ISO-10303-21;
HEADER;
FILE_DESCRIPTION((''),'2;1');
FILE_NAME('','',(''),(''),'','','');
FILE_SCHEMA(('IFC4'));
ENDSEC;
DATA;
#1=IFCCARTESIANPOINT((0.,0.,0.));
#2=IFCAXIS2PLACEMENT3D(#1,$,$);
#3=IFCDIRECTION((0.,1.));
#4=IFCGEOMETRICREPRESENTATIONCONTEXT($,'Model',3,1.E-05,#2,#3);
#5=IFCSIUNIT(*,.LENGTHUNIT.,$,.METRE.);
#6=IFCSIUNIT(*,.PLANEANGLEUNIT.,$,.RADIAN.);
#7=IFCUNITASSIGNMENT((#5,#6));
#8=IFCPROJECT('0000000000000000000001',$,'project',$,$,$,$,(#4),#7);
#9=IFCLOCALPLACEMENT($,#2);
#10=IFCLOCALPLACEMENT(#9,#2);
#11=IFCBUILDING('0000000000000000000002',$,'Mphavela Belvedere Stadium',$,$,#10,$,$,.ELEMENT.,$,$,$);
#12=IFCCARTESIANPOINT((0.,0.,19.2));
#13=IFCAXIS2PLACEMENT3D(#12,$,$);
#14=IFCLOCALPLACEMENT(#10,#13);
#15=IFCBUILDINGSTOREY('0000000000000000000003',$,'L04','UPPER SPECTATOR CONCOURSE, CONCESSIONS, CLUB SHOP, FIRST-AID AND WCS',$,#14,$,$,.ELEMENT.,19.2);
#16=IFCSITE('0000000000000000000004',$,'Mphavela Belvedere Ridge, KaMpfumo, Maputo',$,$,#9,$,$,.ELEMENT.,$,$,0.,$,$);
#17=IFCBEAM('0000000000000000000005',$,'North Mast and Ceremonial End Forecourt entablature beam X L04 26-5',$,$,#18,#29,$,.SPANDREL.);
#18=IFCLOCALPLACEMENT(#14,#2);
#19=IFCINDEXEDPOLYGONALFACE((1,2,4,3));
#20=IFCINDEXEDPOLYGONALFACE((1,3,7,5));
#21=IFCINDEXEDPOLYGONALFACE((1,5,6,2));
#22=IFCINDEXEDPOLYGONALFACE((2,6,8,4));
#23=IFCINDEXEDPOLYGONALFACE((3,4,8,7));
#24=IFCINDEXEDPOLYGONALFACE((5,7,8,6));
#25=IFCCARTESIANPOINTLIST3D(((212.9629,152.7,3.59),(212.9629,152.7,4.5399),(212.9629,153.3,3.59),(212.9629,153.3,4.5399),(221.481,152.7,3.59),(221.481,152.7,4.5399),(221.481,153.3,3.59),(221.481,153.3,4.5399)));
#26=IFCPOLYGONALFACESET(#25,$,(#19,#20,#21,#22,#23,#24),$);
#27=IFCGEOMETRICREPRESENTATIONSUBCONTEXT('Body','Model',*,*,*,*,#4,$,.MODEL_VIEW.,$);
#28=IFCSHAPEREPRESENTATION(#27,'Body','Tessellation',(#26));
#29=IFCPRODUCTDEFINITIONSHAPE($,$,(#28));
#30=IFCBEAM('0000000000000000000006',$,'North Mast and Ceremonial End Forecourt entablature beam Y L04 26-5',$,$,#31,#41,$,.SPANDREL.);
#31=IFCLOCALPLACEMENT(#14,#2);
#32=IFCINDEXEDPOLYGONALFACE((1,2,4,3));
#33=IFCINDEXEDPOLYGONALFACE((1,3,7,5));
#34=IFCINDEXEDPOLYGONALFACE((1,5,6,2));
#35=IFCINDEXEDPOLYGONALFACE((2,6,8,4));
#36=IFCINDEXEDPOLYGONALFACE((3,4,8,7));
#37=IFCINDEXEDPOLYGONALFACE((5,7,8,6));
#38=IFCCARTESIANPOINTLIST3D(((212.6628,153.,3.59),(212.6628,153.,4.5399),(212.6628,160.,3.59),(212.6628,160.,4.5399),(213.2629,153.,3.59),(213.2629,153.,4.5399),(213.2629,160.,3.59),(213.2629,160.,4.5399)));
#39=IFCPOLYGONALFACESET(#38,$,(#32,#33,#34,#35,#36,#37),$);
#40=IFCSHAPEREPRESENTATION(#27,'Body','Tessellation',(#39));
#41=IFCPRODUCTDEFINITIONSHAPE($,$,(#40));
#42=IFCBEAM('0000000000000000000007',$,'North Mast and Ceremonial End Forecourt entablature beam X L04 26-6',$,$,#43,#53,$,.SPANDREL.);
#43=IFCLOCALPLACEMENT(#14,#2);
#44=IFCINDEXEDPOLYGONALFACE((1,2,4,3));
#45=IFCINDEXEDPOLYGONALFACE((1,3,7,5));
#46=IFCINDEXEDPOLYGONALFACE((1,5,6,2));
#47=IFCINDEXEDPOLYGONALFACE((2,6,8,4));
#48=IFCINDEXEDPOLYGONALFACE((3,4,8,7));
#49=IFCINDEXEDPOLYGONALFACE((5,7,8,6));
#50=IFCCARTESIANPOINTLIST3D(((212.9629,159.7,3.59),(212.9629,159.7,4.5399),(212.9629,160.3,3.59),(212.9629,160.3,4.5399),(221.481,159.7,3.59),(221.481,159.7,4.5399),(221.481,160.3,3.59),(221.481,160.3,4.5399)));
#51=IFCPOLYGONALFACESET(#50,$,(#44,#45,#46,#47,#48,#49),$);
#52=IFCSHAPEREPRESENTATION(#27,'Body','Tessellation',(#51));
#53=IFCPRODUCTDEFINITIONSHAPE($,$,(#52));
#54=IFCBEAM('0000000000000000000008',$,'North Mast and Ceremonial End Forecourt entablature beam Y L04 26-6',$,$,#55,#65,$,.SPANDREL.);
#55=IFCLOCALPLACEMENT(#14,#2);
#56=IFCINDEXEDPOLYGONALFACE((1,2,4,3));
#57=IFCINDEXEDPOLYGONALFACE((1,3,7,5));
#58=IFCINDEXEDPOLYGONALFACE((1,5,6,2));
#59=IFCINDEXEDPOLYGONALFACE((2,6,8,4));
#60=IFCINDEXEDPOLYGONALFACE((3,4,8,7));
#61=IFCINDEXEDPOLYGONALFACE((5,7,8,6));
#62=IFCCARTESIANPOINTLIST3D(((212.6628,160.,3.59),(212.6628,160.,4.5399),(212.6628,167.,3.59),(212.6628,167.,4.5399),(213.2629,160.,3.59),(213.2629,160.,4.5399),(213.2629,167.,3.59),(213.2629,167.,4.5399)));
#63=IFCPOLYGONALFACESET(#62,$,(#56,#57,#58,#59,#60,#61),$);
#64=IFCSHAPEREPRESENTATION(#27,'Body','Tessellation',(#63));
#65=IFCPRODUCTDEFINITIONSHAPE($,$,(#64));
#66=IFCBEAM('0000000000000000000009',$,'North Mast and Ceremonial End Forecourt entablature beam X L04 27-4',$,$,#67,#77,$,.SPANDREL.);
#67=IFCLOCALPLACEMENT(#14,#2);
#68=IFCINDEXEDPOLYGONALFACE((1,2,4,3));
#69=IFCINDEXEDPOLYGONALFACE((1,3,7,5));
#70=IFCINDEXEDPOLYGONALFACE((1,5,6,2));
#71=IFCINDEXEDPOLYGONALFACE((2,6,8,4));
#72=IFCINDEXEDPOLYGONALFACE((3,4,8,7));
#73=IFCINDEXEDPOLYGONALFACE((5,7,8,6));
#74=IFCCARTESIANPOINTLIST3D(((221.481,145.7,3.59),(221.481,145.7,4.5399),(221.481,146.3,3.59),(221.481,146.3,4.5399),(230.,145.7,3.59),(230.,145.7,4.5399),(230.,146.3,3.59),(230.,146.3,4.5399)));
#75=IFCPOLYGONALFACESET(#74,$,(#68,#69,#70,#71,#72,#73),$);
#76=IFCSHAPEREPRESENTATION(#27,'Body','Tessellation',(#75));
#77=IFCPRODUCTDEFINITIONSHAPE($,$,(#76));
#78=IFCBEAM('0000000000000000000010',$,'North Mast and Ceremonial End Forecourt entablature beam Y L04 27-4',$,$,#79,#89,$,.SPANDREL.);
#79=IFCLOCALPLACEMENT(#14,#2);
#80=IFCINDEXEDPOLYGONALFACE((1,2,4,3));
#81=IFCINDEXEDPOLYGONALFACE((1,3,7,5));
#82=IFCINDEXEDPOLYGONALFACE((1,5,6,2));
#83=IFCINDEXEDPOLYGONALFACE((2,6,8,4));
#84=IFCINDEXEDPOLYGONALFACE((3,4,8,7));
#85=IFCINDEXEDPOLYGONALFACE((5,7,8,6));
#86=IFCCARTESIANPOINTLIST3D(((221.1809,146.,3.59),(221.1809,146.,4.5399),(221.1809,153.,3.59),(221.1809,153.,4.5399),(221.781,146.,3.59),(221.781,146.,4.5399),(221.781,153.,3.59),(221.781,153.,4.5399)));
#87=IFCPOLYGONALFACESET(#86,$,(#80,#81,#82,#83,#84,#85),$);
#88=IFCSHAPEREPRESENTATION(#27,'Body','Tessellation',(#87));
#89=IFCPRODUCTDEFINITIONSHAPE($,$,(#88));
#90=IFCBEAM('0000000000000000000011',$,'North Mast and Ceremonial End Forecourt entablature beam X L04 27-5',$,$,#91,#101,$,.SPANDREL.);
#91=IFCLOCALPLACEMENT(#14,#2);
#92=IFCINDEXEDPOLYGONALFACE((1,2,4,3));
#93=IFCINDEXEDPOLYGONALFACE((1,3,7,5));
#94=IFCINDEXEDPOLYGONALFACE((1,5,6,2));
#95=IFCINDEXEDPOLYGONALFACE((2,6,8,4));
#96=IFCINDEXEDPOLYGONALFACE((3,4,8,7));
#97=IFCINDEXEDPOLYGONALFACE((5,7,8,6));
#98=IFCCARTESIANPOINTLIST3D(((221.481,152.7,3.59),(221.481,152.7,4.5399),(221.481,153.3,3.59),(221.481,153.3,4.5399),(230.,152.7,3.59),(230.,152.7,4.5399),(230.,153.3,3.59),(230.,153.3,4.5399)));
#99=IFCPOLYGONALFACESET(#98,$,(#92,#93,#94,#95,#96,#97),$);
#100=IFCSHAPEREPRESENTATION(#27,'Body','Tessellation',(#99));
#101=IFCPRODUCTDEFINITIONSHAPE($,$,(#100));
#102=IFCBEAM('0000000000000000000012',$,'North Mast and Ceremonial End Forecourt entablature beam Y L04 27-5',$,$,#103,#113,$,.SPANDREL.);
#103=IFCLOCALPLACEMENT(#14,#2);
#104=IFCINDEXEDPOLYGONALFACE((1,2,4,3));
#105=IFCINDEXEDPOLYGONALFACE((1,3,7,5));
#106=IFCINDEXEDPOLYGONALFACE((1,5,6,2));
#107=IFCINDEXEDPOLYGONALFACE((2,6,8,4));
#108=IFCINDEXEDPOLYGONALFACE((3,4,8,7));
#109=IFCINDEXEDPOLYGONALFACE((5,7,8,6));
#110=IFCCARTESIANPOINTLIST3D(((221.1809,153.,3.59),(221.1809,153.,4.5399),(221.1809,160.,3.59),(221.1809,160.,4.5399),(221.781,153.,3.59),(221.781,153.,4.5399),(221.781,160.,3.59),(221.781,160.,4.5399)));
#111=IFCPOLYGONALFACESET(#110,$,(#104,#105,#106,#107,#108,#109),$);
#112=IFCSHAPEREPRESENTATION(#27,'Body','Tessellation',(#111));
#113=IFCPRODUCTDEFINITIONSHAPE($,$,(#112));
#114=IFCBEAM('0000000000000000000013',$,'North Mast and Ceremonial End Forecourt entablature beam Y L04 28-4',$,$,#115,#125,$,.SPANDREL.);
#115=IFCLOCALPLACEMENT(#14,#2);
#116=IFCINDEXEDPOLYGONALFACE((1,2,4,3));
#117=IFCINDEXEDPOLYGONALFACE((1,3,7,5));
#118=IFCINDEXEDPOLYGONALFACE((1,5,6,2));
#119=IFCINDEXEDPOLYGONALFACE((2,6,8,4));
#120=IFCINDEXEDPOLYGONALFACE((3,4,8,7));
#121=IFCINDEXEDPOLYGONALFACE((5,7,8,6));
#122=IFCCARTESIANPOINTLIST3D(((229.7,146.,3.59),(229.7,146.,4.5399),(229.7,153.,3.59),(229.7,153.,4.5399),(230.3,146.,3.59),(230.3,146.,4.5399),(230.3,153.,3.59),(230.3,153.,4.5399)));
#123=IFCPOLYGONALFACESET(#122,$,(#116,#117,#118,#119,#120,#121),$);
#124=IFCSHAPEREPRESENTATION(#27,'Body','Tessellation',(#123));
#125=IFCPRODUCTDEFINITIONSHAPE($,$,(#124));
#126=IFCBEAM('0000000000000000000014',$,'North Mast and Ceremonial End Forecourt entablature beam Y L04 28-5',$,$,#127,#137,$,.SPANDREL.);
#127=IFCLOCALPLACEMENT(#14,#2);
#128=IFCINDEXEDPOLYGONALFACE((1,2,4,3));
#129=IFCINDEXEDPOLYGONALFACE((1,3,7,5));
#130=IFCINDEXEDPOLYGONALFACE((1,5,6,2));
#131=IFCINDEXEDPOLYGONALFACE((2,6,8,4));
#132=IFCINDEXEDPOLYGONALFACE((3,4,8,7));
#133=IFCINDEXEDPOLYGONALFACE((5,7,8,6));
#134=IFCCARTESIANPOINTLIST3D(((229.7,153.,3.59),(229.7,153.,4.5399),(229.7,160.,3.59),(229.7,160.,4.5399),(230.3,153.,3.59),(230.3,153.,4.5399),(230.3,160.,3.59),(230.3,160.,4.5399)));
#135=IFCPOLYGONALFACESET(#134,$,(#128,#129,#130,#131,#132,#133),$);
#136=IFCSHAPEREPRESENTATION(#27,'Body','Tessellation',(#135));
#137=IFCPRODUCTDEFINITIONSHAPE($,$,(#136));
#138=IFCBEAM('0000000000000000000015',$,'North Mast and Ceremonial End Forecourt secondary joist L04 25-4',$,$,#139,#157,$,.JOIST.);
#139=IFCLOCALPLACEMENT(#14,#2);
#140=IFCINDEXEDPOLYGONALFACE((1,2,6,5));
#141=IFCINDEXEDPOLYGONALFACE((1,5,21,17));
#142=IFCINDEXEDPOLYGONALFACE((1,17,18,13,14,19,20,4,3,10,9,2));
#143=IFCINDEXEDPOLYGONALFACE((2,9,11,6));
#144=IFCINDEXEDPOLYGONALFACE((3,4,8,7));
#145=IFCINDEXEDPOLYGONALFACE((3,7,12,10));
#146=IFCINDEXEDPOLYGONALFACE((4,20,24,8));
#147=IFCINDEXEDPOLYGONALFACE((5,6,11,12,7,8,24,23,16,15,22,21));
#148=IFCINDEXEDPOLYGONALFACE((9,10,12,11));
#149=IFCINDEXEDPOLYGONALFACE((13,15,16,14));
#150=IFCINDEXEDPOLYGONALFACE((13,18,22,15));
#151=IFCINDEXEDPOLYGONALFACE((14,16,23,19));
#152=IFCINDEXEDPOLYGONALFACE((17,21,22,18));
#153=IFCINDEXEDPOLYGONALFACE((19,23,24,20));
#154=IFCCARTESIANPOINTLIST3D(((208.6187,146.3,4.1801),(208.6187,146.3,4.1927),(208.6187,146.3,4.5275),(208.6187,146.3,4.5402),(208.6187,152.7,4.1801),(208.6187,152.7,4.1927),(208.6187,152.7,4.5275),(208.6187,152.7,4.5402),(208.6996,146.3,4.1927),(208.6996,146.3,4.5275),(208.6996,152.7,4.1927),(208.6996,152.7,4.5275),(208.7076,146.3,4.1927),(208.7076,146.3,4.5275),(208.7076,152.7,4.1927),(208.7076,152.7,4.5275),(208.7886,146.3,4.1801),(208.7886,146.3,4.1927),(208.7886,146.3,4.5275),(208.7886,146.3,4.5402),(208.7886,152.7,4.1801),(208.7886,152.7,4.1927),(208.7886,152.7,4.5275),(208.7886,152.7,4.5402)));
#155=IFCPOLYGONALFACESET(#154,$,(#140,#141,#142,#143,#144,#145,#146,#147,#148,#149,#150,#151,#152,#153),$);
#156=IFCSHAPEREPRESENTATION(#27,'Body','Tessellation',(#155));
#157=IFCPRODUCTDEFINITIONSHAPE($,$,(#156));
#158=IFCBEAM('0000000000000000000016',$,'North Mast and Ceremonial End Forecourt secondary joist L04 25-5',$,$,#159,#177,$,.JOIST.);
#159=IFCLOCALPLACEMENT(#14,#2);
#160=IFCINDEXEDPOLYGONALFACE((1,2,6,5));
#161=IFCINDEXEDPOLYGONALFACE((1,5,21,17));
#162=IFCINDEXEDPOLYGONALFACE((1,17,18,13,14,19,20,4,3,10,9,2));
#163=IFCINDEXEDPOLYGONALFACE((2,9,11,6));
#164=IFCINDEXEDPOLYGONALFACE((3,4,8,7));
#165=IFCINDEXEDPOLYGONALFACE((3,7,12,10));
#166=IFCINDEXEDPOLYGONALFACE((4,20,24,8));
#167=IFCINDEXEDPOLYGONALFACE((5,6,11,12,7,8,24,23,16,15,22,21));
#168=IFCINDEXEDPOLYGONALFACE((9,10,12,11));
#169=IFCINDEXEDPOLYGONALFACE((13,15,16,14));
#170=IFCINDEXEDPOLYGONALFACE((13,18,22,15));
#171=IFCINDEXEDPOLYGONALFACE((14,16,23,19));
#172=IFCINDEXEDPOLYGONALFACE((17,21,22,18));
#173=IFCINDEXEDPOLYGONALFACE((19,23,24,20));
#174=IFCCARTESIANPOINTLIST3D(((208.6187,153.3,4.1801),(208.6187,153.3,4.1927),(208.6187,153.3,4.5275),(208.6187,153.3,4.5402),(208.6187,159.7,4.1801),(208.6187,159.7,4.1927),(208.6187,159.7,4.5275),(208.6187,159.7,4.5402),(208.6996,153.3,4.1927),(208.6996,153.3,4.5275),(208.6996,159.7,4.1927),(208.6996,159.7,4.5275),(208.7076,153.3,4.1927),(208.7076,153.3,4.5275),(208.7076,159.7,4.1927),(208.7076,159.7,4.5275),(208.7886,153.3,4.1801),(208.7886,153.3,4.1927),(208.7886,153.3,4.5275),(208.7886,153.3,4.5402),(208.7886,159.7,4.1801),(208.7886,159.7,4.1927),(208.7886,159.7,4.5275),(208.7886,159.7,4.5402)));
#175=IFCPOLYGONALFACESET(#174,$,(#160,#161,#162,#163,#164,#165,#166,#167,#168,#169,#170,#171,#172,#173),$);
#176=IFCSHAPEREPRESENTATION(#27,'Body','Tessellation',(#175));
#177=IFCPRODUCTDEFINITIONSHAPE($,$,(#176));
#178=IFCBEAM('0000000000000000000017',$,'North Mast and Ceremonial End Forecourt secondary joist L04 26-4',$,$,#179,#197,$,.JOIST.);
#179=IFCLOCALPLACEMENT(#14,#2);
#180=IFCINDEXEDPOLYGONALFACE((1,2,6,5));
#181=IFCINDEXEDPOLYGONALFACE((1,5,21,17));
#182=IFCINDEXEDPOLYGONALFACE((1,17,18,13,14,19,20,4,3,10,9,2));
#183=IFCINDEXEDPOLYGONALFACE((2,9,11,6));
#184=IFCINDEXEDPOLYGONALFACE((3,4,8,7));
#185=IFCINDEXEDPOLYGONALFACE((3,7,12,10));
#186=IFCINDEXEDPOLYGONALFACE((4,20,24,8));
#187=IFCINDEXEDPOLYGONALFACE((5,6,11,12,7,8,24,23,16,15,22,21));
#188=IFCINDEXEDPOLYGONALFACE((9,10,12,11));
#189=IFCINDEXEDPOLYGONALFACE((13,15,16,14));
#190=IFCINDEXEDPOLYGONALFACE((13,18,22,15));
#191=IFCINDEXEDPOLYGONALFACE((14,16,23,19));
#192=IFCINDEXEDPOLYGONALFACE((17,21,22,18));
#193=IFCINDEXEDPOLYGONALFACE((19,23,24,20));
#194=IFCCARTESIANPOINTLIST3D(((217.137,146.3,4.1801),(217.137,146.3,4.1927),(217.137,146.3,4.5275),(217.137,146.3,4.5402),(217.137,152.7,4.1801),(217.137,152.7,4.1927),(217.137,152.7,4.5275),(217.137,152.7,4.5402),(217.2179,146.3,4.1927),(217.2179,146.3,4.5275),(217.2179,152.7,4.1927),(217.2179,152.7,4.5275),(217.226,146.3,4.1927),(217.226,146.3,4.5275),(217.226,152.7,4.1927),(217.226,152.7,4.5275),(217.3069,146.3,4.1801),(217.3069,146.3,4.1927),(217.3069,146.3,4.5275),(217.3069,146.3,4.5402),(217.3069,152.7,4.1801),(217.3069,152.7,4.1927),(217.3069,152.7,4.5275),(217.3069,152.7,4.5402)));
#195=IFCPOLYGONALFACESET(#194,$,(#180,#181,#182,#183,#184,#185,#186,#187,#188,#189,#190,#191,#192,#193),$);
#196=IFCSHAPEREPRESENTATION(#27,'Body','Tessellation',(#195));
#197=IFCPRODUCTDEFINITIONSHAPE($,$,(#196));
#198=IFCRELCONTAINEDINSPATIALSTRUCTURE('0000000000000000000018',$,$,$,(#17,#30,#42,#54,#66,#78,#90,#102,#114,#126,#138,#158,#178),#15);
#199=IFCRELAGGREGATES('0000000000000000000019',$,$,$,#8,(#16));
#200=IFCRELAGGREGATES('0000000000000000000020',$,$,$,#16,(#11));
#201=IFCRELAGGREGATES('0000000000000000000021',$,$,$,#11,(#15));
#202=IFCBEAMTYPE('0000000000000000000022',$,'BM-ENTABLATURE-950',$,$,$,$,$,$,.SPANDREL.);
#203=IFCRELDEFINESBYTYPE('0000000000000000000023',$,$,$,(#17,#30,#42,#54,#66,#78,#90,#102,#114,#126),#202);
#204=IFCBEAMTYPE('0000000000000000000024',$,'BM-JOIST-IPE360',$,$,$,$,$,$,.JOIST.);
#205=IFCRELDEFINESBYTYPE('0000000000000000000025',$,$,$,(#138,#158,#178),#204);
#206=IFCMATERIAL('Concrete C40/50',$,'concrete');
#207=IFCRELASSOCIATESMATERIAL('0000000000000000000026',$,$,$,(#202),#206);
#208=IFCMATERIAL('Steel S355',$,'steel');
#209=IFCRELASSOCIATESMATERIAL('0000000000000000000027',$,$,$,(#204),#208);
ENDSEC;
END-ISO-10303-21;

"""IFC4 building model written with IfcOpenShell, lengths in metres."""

from ifc_helpers import new_model, si_unit, direction, frame, origin, origin_2d, place, context, subcontext, project, spatial, rectangle, i_section, extrude, material, material_profile, profile_set, type_object, element, save


model = new_model("IFC4")

# Units and contexts
model_context = context("Model", 3, precision=1e-05, world=origin(), true_north=direction((0.0, 1.0)))
body_context = subcontext(model_context, "Body", "Model", "MODEL_VIEW")
ifc_project = project(units=[si_unit("LENGTHUNIT", "METRE"), si_unit("PLANEANGLEUNIT", "RADIAN")], contexts=[model_context])

# Site, building, storey
site_placement = place(None, origin())
site = spatial("IfcSite", under=ifc_project, at=site_placement, Name="Mphavela Belvedere Ridge, KaMpfumo, Maputo", CompositionType="ELEMENT", RefElevation=0.0)
building_placement = place(site_placement, origin())
building = spatial("IfcBuilding", under=site, at=building_placement, Name="Mphavela Belvedere Stadium", CompositionType="ELEMENT")
storey_placement = place(building_placement, frame((0.0, 0.0, 19.2)))
storey = spatial("IfcBuildingStorey", under=building, at=storey_placement, Name="L04", Description="UPPER SPECTATOR CONCOURSE, CONCESSIONS, CLUB SHOP, FIRST-AID AND WCS", CompositionType="ELEMENT", Elevation=19.2)

# Beams
ifc_material_1 = material(Name="Concrete C40/50", Category="concrete")
ifc_material_profile_1 = material_profile(ifc_material_1, rectangle(XDim=0.6001, YDim=0.95, at=origin_2d()), Name="RC 600x950")
ifc_profile_set_1 = profile_set([ifc_material_profile_1], Name="Concrete C40/50")
beam_type_1 = type_object("IfcBeamType", Name="BM-ENTABLATURE-950", PredefinedType="SPANDREL", material=ifc_profile_set_1)
beam_1_placement = place(storey_placement, frame((212.9629, 153.0, 4.0649), z_axis=(1.0, 0.0, 0.0), x_axis=(0.0, 1.0, 0.0)))
element("IfcBeam", 1, at=beam_1_placement, inside=storey, type_object=beam_type_1, Name="North Mast and Ceremonial End Forecourt entablature beam X L04 26-5", PredefinedType="SPANDREL", context=body_context, shape_type="SweptSolid", body=[
    extrude(rectangle(XDim=0.6001, YDim=0.95, at=origin_2d()), origin(), (0.0, 0.0, 1.0), 8.5181),
])
beam_2_placement = place(storey_placement, frame((212.9629, 153.0, 4.0649), z_axis=(0.0, 1.0, 0.0), x_axis=(-1.0, 0.0, 0.0)))
element("IfcBeam", 2, at=beam_2_placement, inside=storey, type_object=beam_type_1, Name="North Mast and Ceremonial End Forecourt entablature beam Y L04 26-5", PredefinedType="SPANDREL", context=body_context, shape_type="SweptSolid", body=[
    extrude(rectangle(XDim=0.6001, YDim=0.95, at=origin_2d()), origin(), (0.0, 0.0, 1.0), 7.0),
])
beam_3_placement = place(storey_placement, frame((212.9629, 160.0, 4.0649), z_axis=(1.0, 0.0, 0.0), x_axis=(0.0, 1.0, 0.0)))
element("IfcBeam", 3, at=beam_3_placement, inside=storey, type_object=beam_type_1, Name="North Mast and Ceremonial End Forecourt entablature beam X L04 26-6", PredefinedType="SPANDREL", context=body_context, shape_type="SweptSolid", body=[
    extrude(rectangle(XDim=0.6001, YDim=0.95, at=origin_2d()), origin(), (0.0, 0.0, 1.0), 8.5181),
])
beam_4_placement = place(storey_placement, frame((212.9629, 160.0, 4.0649), z_axis=(0.0, 1.0, 0.0), x_axis=(-1.0, 0.0, 0.0)))
element("IfcBeam", 4, at=beam_4_placement, inside=storey, type_object=beam_type_1, Name="North Mast and Ceremonial End Forecourt entablature beam Y L04 26-6", PredefinedType="SPANDREL", context=body_context, shape_type="SweptSolid", body=[
    extrude(rectangle(XDim=0.6001, YDim=0.95, at=origin_2d()), origin(), (0.0, 0.0, 1.0), 7.0),
])
beam_5_placement = place(storey_placement, frame((221.481, 146.0, 4.0649), z_axis=(1.0, 0.0, 0.0), x_axis=(0.0, 1.0, 0.0)))
element("IfcBeam", 5, at=beam_5_placement, inside=storey, type_object=beam_type_1, Name="North Mast and Ceremonial End Forecourt entablature beam X L04 27-4", PredefinedType="SPANDREL", context=body_context, shape_type="SweptSolid", body=[
    extrude(rectangle(XDim=0.6001, YDim=0.95, at=origin_2d()), origin(), (0.0, 0.0, 1.0), 8.519),
])
beam_6_placement = place(storey_placement, frame((221.481, 146.0, 4.0649), z_axis=(0.0, 1.0, 0.0), x_axis=(-1.0, 0.0, 0.0)))
element("IfcBeam", 6, at=beam_6_placement, inside=storey, type_object=beam_type_1, Name="North Mast and Ceremonial End Forecourt entablature beam Y L04 27-4", PredefinedType="SPANDREL", context=body_context, shape_type="SweptSolid", body=[
    extrude(rectangle(XDim=0.6001, YDim=0.95, at=origin_2d()), origin(), (0.0, 0.0, 1.0), 7.0),
])
beam_7_placement = place(storey_placement, frame((221.481, 153.0, 4.0649), z_axis=(1.0, 0.0, 0.0), x_axis=(0.0, 1.0, 0.0)))
element("IfcBeam", 7, at=beam_7_placement, inside=storey, type_object=beam_type_1, Name="North Mast and Ceremonial End Forecourt entablature beam X L04 27-5", PredefinedType="SPANDREL", context=body_context, shape_type="SweptSolid", body=[
    extrude(rectangle(XDim=0.6001, YDim=0.95, at=origin_2d()), origin(), (0.0, 0.0, 1.0), 8.519),
])
for number, where, z_axis, x_axis, name in (
    (8, (221.481, 153.0, 4.0649), (0.0, 1.0, 0.0), (-1.0, 0.0, 0.0), "North Mast and Ceremonial End Forecourt entablature beam Y L04 27-5"),
    (9, (230.0, 146.0, 4.0649), (0.0, 1.0, 0.0), (-1.0, 0.0, 0.0), "North Mast and Ceremonial End Forecourt entablature beam Y L04 28-4"),
    (10, (230.0, 153.0, 4.0649), (0.0, 1.0, 0.0), (-1.0, 0.0, 0.0), "North Mast and Ceremonial End Forecourt entablature beam Y L04 28-5"),
):
    element("IfcBeam", number, at=place(storey_placement, frame(where, z_axis=z_axis, x_axis=x_axis)), inside=storey, type_object=beam_type_1, Name=name, PredefinedType="SPANDREL", context=body_context, shape_type="SweptSolid", body=[
        extrude(rectangle(XDim=0.6001, YDim=0.95, at=origin_2d()), origin(), (0.0, 0.0, 1.0), 7.0),
    ])
ifc_material_2 = material(Name="Steel S355", Category="steel")
ifc_material_profile_2 = material_profile(ifc_material_2, i_section(OverallWidth=0.1699, OverallDepth=0.3601, WebThickness=0.0081, FlangeThickness=0.0127, at=origin_2d()), Name="IPE 360")
ifc_profile_set_2 = profile_set([ifc_material_profile_2], Name="Steel S355")
beam_type_2 = type_object("IfcBeamType", Name="BM-JOIST-IPE360", PredefinedType="JOIST", material=ifc_profile_set_2)
for number, where, z_axis, x_axis, name in (
    (11, (208.7036, 146.3, 4.3601), (0.0, 1.0, 0.0), (-1.0, 0.0, 0.0), "North Mast and Ceremonial End Forecourt secondary joist L04 25-4"),
    (12, (208.7036, 153.3, 4.3601), (0.0, 1.0, 0.0), (-1.0, 0.0, 0.0), "North Mast and Ceremonial End Forecourt secondary joist L04 25-5"),
    (13, (217.2219, 146.3, 4.3601), (0.0, 1.0, 0.0), (-1.0, 0.0, 0.0), "North Mast and Ceremonial End Forecourt secondary joist L04 26-4"),
):
    element("IfcBeam", number, at=place(storey_placement, frame(where, z_axis=z_axis, x_axis=x_axis)), inside=storey, type_object=beam_type_2, Name=name, PredefinedType="JOIST", context=body_context, shape_type="SweptSolid", body=[
        extrude(i_section(OverallWidth=0.1699, OverallDepth=0.3601, WebThickness=0.0081, FlangeThickness=0.0127, at=origin_2d()), origin(), (0.0, 0.0, 1.0), 6.3999),
    ])

save(model, "model.ifc")
